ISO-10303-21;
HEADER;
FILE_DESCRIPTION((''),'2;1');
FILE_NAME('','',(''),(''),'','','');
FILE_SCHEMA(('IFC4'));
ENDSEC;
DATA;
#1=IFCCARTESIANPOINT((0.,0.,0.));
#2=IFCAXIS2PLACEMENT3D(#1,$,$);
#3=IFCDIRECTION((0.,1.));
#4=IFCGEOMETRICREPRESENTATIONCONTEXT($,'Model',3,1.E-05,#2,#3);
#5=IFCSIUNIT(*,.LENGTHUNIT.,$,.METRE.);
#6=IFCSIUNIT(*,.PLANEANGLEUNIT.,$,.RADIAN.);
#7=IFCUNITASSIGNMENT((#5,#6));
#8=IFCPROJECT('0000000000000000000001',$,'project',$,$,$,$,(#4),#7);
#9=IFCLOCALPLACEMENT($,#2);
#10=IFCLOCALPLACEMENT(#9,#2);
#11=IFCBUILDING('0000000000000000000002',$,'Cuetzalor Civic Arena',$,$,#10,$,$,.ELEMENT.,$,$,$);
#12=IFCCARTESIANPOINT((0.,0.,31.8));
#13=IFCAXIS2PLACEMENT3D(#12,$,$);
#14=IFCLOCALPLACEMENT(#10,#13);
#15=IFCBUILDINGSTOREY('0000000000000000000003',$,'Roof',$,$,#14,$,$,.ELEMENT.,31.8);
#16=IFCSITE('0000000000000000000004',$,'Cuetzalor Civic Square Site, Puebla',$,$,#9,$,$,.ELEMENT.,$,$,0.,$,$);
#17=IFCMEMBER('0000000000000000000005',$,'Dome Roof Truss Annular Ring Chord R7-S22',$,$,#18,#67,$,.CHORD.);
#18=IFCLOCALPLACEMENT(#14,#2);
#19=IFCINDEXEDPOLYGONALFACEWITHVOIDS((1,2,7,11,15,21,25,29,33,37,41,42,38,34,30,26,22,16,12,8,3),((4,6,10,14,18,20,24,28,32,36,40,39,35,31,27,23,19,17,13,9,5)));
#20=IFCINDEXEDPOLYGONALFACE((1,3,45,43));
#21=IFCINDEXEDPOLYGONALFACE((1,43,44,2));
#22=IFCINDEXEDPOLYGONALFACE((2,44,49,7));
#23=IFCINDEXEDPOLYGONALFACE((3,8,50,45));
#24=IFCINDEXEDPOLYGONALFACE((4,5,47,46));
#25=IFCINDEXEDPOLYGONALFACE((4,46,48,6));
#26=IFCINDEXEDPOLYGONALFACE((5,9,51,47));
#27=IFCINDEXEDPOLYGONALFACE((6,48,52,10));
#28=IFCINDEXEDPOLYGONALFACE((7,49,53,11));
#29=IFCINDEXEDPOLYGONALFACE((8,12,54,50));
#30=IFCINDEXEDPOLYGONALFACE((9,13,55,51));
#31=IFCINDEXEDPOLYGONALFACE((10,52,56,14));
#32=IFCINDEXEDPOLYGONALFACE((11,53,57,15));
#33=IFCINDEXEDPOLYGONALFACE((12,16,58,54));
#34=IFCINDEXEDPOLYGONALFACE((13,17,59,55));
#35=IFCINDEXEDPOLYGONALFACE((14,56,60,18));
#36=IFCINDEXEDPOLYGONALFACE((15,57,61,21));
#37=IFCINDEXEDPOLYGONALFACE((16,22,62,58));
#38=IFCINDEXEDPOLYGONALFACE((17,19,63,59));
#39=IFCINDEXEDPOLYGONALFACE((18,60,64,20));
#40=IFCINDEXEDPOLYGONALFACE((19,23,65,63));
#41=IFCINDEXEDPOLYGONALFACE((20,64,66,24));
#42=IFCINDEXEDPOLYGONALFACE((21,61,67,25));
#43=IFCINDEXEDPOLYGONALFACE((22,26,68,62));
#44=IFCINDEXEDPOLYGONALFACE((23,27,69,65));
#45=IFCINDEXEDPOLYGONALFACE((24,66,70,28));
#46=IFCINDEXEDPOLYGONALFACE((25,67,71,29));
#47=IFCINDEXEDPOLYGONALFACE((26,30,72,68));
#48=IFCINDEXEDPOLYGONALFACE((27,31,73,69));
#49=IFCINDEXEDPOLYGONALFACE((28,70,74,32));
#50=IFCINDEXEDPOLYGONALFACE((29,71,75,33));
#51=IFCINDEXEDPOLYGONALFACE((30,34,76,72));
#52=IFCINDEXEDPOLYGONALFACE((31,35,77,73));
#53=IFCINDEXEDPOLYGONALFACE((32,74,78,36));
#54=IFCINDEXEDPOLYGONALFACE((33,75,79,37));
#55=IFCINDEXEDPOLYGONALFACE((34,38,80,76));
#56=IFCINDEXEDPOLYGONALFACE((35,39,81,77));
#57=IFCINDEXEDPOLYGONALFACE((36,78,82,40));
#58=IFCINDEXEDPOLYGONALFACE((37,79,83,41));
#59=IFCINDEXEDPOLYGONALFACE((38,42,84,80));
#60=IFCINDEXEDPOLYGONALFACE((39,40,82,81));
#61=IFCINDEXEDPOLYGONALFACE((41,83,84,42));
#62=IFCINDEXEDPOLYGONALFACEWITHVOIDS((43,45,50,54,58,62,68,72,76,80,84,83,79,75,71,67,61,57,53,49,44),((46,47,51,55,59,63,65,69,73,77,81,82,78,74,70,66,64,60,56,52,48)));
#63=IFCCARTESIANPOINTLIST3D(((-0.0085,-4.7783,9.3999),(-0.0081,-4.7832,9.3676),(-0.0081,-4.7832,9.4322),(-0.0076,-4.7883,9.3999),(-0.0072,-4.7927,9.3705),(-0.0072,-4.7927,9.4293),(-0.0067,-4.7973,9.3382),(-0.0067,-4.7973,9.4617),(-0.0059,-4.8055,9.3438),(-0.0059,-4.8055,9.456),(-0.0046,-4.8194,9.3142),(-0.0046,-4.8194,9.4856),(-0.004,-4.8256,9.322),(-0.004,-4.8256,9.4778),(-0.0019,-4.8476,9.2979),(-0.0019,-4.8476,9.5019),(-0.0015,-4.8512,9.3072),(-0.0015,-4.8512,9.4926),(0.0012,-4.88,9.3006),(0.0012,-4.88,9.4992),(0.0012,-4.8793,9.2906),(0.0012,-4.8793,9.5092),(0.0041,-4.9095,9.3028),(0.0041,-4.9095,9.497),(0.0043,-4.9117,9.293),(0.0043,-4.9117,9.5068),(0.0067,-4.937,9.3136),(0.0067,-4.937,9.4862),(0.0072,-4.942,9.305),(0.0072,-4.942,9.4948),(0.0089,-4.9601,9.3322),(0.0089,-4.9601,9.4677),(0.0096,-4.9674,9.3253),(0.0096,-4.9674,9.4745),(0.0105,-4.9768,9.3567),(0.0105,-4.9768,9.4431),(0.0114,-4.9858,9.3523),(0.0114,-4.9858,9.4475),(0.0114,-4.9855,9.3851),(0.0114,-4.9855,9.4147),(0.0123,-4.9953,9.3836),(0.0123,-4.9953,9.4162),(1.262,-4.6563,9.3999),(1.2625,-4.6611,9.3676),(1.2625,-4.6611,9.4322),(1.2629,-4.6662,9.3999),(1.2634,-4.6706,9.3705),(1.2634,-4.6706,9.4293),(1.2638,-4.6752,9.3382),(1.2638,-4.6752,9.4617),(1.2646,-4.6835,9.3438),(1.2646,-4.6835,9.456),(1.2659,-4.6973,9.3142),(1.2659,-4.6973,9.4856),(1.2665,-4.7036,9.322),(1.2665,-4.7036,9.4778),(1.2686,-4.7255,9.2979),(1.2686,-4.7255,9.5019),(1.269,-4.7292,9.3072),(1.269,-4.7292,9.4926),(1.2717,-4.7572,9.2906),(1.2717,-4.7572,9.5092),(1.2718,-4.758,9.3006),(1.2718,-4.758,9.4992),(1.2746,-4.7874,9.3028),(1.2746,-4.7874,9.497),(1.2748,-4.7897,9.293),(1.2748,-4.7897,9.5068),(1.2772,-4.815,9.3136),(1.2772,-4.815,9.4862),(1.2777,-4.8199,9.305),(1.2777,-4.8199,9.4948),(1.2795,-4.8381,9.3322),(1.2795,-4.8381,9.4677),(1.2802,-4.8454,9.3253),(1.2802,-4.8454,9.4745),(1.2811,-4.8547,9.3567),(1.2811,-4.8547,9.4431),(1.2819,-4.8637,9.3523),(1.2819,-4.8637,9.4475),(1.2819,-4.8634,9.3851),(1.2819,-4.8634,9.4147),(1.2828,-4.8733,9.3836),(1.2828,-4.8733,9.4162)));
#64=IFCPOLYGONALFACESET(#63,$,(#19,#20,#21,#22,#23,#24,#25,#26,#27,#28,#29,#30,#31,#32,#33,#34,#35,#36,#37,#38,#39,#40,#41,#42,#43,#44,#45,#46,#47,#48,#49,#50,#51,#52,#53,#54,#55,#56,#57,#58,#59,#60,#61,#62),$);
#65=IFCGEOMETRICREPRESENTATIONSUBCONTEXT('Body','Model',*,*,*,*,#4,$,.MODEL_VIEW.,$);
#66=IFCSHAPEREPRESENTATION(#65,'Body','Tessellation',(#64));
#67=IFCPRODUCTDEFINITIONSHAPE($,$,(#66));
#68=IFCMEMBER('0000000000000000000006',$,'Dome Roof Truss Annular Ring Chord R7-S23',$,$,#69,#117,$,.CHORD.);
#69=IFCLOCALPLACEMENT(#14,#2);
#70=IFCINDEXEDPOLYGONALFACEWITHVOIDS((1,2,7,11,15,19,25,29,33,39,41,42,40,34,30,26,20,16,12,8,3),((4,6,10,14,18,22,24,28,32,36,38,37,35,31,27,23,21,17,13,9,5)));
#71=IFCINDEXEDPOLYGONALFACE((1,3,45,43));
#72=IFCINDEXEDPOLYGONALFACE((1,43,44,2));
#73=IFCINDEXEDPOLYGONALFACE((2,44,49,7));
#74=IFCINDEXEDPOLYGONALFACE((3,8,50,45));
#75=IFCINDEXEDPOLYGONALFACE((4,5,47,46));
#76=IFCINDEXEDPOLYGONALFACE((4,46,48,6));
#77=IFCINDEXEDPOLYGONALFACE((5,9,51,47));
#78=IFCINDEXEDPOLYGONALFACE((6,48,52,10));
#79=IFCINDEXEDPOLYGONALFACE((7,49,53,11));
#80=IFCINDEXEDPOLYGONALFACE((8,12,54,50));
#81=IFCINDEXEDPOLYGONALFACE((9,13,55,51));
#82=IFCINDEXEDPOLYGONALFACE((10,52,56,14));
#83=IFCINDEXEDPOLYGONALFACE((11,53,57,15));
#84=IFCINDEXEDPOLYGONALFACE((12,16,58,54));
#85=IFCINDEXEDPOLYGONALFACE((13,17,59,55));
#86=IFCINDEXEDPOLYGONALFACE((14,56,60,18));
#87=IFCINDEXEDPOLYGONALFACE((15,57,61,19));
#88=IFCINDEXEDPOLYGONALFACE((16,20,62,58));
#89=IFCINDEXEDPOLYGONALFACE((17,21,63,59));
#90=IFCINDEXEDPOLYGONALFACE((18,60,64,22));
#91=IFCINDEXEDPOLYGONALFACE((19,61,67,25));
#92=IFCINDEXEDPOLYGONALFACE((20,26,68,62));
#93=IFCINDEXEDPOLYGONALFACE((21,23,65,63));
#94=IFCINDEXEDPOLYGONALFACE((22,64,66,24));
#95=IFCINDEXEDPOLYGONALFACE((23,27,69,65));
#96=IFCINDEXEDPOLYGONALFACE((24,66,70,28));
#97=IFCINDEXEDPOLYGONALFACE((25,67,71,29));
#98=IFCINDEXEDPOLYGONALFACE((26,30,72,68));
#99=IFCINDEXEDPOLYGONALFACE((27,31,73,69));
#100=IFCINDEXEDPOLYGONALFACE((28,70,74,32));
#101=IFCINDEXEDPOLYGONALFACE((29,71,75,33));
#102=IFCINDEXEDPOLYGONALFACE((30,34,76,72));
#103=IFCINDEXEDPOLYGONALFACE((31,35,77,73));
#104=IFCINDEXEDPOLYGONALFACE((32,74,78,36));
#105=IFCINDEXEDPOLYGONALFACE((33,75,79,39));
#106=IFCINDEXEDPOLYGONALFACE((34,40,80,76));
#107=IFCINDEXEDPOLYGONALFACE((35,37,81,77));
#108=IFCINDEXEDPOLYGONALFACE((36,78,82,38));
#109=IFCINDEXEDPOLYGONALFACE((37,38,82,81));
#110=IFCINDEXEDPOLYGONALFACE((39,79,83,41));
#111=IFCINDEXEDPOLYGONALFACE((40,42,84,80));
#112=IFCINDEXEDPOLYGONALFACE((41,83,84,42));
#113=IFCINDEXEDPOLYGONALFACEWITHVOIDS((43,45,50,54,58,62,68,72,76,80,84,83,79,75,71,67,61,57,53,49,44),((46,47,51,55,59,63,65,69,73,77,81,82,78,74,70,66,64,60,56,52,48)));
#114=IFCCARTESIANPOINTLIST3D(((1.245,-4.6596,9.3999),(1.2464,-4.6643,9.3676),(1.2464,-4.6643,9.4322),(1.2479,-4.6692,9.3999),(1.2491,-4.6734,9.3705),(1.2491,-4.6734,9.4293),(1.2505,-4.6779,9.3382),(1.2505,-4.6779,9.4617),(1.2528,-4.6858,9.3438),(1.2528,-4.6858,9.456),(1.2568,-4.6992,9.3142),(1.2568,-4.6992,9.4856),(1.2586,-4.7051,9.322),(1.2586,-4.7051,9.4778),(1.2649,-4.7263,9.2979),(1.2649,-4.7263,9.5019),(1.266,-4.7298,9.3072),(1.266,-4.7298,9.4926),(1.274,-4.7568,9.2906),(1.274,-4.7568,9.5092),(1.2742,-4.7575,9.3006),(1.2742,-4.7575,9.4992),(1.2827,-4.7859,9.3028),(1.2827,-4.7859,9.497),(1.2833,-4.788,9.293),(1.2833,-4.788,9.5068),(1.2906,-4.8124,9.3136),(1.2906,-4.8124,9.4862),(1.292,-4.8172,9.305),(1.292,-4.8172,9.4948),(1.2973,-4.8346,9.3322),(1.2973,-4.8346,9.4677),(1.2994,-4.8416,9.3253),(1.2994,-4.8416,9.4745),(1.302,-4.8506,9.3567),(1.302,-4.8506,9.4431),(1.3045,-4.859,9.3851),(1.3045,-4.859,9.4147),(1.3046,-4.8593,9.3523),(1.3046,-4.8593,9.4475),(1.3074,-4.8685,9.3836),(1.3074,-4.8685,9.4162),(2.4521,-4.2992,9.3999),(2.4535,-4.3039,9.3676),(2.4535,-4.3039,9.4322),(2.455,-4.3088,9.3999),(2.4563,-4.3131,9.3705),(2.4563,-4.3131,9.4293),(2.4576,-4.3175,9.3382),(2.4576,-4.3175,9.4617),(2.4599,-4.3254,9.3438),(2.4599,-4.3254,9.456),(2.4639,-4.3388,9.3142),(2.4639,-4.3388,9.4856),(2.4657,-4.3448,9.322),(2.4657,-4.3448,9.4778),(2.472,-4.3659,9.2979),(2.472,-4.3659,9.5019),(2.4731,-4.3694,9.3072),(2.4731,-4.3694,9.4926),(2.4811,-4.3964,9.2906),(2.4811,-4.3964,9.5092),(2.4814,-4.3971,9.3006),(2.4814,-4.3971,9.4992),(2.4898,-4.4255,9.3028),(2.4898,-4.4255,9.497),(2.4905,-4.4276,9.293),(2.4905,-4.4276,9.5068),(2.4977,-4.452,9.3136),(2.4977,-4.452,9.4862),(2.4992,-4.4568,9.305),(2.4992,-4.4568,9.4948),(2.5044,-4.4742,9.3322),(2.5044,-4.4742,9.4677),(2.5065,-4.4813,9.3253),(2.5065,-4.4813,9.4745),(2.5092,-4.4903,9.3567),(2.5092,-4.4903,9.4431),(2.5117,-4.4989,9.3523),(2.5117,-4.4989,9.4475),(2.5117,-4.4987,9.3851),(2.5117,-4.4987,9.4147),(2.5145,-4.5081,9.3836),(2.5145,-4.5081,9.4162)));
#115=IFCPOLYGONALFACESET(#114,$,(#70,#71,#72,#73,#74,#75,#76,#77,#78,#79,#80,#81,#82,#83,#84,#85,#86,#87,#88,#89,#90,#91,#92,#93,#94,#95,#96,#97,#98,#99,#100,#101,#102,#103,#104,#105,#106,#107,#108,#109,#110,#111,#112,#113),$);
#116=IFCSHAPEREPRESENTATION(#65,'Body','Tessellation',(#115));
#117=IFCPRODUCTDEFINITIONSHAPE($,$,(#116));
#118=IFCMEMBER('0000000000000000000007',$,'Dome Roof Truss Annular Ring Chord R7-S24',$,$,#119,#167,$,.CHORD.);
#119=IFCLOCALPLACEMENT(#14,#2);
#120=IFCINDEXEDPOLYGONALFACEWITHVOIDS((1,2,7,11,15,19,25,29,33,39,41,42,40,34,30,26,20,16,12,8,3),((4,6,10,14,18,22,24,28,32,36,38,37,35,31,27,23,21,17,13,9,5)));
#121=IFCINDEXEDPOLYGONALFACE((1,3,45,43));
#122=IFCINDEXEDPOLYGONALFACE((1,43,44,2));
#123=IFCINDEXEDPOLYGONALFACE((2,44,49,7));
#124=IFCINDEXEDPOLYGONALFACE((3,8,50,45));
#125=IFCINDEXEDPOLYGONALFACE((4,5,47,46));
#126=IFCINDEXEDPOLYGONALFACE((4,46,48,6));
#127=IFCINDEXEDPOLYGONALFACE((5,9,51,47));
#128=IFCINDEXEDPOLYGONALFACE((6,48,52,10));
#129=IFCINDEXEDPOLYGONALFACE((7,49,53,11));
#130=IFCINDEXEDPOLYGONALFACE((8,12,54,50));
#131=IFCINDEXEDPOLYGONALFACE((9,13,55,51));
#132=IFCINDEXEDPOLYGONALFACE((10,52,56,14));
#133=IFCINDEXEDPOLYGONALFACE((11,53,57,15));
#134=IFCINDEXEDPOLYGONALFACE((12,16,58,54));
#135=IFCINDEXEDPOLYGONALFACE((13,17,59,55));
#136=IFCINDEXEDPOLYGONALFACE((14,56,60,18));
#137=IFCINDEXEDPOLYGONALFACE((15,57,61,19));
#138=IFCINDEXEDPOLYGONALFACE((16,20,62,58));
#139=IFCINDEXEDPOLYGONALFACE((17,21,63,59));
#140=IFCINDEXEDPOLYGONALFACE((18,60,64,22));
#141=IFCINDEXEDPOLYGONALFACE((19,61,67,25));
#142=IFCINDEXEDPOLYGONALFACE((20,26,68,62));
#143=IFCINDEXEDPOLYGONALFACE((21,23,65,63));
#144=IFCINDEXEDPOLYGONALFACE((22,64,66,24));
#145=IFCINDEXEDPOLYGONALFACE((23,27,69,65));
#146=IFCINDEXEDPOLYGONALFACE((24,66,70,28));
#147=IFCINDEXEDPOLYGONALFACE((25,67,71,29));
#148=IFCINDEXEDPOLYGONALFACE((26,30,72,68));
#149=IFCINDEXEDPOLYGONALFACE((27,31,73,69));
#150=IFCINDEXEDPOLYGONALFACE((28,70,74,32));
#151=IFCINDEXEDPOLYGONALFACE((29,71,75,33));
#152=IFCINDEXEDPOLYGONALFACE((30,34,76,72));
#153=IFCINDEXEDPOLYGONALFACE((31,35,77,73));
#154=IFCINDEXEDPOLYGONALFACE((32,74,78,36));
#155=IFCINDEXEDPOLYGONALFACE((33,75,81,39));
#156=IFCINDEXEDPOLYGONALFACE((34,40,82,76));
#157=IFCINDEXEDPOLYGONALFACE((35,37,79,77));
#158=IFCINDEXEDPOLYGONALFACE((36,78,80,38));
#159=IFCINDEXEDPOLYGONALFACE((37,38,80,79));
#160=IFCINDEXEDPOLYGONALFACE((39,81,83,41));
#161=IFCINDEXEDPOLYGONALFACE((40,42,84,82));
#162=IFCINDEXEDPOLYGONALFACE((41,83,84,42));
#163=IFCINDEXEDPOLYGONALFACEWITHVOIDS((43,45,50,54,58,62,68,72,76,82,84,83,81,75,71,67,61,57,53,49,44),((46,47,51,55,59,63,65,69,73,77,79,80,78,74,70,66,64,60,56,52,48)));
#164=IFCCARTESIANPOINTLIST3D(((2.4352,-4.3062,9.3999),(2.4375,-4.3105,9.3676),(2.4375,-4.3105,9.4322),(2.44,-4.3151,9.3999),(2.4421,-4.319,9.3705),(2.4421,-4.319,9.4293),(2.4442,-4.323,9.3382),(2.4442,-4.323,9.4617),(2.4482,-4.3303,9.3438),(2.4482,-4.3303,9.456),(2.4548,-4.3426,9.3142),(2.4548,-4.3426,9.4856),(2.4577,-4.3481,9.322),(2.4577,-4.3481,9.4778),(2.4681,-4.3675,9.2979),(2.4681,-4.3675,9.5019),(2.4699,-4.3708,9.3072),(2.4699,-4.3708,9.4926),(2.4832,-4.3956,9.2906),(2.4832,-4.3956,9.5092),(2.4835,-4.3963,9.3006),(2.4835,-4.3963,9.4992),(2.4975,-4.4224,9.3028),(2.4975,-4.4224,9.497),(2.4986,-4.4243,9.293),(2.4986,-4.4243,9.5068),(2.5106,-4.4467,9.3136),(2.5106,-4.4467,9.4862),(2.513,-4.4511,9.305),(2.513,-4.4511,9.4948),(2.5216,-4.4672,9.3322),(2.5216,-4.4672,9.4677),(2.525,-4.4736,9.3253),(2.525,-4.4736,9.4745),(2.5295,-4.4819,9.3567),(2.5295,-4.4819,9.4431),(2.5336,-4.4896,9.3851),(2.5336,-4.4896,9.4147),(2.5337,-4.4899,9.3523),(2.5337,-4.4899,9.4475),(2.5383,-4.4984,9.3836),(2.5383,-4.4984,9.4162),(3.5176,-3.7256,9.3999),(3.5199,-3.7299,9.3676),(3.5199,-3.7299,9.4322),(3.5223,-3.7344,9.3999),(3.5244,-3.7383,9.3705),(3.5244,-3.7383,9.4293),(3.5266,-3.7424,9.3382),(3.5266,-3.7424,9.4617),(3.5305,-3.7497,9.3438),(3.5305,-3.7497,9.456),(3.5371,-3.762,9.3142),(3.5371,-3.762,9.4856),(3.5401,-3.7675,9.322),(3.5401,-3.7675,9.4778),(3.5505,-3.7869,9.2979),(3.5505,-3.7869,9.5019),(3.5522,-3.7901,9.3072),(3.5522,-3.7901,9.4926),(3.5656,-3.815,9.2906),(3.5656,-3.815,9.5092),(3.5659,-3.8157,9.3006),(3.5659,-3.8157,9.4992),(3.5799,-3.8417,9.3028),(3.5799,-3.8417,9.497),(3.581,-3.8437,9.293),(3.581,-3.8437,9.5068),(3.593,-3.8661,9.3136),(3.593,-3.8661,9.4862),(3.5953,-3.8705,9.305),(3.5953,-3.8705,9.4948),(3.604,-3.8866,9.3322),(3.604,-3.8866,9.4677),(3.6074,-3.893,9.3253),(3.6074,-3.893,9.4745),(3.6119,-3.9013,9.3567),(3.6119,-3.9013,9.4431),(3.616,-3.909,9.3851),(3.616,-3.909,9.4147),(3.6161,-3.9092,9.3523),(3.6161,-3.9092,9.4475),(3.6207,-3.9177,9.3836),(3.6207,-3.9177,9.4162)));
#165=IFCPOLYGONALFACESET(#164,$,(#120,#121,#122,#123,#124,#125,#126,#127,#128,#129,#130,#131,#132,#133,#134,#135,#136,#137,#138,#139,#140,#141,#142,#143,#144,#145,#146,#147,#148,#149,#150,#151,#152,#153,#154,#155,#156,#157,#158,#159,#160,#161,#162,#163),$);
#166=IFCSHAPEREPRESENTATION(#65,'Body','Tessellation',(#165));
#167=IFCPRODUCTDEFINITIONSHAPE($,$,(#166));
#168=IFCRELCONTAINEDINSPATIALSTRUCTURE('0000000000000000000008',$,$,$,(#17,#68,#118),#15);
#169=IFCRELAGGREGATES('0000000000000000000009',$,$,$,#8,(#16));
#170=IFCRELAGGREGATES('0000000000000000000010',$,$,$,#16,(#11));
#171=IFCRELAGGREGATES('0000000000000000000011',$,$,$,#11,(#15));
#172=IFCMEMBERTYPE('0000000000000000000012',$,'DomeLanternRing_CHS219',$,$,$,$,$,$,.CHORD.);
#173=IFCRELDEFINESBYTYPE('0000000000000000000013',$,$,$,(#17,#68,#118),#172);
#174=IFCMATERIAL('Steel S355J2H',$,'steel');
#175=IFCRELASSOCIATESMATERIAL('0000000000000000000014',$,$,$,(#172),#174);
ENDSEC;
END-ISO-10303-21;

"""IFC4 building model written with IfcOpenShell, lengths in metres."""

from ifc_helpers import new_model, si_unit, direction, frame, origin, origin_2d, place, context, subcontext, project, spatial, hollow_circle, extrude, material, material_profile, profile_set, type_object, element, save


model = new_model("IFC4")

# Units and contexts
model_context = context("Model", 3, precision=1e-05, world=origin(), true_north=direction((0.0, 1.0)))
body_context = subcontext(model_context, "Body", "Model", "MODEL_VIEW")
ifc_project = project(units=[si_unit("LENGTHUNIT", "METRE"), si_unit("PLANEANGLEUNIT", "RADIAN")], contexts=[model_context])

# Site, building, storey
site_placement = place(None, origin())
site = spatial("IfcSite", under=ifc_project, at=site_placement, Name="Cuetzalor Civic Square Site, Puebla", CompositionType="ELEMENT", RefElevation=0.0)
building_placement = place(site_placement, origin())
building = spatial("IfcBuilding", under=site, at=building_placement, Name="Cuetzalor Civic Arena", CompositionType="ELEMENT")
storey_placement = place(building_placement, frame((0.0, 0.0, 31.8)))
storey = spatial("IfcBuildingStorey", under=building, at=storey_placement, Name="Roof", CompositionType="ELEMENT", Elevation=31.8)

# Members
ifc_material_1 = material(Name="Steel S355J2H", Category="steel")
ifc_material_profile = material_profile(ifc_material_1, hollow_circle(Radius=0.1096, WallThickness=0.01, at=origin_2d()), Name="CHS 219.1x10")
ifc_profile_set = profile_set([ifc_material_profile], Name="Steel S355J2H")
member_type = type_object("IfcMemberType", Name="DomeLanternRing_CHS219", PredefinedType="CHORD", material=ifc_profile_set)
member_1_placement = place(storey_placement, frame((0.002, -4.8875, 9.3999), z_axis=(0.995416, 0.09564, 0.0), x_axis=(-0.09564, 0.995416, 0.0)))
element("IfcMember", 1, at=member_1_placement, inside=storey, type_object=member_type, Name="Dome Roof Truss Annular Ring Chord R7-S22", PredefinedType="CHORD", context=body_context, shape_type="SweptSolid", body=[
    extrude(hollow_circle(Radius=0.1096, WallThickness=0.01, at=origin_2d()), origin(), (0.0, 0.0, 1.0), 1.2764),
])
member_2_placement = place(storey_placement, frame((1.2764, -4.7646, 9.3999), z_axis=(0.958209, 0.286067, 0.0), x_axis=(-0.286067, 0.958209, 0.0)))
element("IfcMember", 2, at=member_2_placement, inside=storey, type_object=member_type, Name="Dome Roof Truss Annular Ring Chord R7-S23", PredefinedType="CHORD", context=body_context, shape_type="SweptSolid", body=[
    extrude(hollow_circle(Radius=0.1096, WallThickness=0.01, at=origin_2d()), origin(), (0.0, 0.0, 1.0), 1.2598),
])
member_3_placement = place(storey_placement, frame((2.4871, -4.4028, 9.3999), z_axis=(0.881217, 0.472712, 0.0), x_axis=(-0.472712, 0.881217, 0.0)))
element("IfcMember", 3, at=member_3_placement, inside=storey, type_object=member_type, Name="Dome Roof Truss Annular Ring Chord R7-S24", PredefinedType="CHORD", context=body_context, shape_type="SweptSolid", body=[
    extrude(hollow_circle(Radius=0.1096, WallThickness=0.01, at=origin_2d()), origin(), (0.0, 0.0, 1.0), 1.2283),
])

save(model, "model.ifc")
